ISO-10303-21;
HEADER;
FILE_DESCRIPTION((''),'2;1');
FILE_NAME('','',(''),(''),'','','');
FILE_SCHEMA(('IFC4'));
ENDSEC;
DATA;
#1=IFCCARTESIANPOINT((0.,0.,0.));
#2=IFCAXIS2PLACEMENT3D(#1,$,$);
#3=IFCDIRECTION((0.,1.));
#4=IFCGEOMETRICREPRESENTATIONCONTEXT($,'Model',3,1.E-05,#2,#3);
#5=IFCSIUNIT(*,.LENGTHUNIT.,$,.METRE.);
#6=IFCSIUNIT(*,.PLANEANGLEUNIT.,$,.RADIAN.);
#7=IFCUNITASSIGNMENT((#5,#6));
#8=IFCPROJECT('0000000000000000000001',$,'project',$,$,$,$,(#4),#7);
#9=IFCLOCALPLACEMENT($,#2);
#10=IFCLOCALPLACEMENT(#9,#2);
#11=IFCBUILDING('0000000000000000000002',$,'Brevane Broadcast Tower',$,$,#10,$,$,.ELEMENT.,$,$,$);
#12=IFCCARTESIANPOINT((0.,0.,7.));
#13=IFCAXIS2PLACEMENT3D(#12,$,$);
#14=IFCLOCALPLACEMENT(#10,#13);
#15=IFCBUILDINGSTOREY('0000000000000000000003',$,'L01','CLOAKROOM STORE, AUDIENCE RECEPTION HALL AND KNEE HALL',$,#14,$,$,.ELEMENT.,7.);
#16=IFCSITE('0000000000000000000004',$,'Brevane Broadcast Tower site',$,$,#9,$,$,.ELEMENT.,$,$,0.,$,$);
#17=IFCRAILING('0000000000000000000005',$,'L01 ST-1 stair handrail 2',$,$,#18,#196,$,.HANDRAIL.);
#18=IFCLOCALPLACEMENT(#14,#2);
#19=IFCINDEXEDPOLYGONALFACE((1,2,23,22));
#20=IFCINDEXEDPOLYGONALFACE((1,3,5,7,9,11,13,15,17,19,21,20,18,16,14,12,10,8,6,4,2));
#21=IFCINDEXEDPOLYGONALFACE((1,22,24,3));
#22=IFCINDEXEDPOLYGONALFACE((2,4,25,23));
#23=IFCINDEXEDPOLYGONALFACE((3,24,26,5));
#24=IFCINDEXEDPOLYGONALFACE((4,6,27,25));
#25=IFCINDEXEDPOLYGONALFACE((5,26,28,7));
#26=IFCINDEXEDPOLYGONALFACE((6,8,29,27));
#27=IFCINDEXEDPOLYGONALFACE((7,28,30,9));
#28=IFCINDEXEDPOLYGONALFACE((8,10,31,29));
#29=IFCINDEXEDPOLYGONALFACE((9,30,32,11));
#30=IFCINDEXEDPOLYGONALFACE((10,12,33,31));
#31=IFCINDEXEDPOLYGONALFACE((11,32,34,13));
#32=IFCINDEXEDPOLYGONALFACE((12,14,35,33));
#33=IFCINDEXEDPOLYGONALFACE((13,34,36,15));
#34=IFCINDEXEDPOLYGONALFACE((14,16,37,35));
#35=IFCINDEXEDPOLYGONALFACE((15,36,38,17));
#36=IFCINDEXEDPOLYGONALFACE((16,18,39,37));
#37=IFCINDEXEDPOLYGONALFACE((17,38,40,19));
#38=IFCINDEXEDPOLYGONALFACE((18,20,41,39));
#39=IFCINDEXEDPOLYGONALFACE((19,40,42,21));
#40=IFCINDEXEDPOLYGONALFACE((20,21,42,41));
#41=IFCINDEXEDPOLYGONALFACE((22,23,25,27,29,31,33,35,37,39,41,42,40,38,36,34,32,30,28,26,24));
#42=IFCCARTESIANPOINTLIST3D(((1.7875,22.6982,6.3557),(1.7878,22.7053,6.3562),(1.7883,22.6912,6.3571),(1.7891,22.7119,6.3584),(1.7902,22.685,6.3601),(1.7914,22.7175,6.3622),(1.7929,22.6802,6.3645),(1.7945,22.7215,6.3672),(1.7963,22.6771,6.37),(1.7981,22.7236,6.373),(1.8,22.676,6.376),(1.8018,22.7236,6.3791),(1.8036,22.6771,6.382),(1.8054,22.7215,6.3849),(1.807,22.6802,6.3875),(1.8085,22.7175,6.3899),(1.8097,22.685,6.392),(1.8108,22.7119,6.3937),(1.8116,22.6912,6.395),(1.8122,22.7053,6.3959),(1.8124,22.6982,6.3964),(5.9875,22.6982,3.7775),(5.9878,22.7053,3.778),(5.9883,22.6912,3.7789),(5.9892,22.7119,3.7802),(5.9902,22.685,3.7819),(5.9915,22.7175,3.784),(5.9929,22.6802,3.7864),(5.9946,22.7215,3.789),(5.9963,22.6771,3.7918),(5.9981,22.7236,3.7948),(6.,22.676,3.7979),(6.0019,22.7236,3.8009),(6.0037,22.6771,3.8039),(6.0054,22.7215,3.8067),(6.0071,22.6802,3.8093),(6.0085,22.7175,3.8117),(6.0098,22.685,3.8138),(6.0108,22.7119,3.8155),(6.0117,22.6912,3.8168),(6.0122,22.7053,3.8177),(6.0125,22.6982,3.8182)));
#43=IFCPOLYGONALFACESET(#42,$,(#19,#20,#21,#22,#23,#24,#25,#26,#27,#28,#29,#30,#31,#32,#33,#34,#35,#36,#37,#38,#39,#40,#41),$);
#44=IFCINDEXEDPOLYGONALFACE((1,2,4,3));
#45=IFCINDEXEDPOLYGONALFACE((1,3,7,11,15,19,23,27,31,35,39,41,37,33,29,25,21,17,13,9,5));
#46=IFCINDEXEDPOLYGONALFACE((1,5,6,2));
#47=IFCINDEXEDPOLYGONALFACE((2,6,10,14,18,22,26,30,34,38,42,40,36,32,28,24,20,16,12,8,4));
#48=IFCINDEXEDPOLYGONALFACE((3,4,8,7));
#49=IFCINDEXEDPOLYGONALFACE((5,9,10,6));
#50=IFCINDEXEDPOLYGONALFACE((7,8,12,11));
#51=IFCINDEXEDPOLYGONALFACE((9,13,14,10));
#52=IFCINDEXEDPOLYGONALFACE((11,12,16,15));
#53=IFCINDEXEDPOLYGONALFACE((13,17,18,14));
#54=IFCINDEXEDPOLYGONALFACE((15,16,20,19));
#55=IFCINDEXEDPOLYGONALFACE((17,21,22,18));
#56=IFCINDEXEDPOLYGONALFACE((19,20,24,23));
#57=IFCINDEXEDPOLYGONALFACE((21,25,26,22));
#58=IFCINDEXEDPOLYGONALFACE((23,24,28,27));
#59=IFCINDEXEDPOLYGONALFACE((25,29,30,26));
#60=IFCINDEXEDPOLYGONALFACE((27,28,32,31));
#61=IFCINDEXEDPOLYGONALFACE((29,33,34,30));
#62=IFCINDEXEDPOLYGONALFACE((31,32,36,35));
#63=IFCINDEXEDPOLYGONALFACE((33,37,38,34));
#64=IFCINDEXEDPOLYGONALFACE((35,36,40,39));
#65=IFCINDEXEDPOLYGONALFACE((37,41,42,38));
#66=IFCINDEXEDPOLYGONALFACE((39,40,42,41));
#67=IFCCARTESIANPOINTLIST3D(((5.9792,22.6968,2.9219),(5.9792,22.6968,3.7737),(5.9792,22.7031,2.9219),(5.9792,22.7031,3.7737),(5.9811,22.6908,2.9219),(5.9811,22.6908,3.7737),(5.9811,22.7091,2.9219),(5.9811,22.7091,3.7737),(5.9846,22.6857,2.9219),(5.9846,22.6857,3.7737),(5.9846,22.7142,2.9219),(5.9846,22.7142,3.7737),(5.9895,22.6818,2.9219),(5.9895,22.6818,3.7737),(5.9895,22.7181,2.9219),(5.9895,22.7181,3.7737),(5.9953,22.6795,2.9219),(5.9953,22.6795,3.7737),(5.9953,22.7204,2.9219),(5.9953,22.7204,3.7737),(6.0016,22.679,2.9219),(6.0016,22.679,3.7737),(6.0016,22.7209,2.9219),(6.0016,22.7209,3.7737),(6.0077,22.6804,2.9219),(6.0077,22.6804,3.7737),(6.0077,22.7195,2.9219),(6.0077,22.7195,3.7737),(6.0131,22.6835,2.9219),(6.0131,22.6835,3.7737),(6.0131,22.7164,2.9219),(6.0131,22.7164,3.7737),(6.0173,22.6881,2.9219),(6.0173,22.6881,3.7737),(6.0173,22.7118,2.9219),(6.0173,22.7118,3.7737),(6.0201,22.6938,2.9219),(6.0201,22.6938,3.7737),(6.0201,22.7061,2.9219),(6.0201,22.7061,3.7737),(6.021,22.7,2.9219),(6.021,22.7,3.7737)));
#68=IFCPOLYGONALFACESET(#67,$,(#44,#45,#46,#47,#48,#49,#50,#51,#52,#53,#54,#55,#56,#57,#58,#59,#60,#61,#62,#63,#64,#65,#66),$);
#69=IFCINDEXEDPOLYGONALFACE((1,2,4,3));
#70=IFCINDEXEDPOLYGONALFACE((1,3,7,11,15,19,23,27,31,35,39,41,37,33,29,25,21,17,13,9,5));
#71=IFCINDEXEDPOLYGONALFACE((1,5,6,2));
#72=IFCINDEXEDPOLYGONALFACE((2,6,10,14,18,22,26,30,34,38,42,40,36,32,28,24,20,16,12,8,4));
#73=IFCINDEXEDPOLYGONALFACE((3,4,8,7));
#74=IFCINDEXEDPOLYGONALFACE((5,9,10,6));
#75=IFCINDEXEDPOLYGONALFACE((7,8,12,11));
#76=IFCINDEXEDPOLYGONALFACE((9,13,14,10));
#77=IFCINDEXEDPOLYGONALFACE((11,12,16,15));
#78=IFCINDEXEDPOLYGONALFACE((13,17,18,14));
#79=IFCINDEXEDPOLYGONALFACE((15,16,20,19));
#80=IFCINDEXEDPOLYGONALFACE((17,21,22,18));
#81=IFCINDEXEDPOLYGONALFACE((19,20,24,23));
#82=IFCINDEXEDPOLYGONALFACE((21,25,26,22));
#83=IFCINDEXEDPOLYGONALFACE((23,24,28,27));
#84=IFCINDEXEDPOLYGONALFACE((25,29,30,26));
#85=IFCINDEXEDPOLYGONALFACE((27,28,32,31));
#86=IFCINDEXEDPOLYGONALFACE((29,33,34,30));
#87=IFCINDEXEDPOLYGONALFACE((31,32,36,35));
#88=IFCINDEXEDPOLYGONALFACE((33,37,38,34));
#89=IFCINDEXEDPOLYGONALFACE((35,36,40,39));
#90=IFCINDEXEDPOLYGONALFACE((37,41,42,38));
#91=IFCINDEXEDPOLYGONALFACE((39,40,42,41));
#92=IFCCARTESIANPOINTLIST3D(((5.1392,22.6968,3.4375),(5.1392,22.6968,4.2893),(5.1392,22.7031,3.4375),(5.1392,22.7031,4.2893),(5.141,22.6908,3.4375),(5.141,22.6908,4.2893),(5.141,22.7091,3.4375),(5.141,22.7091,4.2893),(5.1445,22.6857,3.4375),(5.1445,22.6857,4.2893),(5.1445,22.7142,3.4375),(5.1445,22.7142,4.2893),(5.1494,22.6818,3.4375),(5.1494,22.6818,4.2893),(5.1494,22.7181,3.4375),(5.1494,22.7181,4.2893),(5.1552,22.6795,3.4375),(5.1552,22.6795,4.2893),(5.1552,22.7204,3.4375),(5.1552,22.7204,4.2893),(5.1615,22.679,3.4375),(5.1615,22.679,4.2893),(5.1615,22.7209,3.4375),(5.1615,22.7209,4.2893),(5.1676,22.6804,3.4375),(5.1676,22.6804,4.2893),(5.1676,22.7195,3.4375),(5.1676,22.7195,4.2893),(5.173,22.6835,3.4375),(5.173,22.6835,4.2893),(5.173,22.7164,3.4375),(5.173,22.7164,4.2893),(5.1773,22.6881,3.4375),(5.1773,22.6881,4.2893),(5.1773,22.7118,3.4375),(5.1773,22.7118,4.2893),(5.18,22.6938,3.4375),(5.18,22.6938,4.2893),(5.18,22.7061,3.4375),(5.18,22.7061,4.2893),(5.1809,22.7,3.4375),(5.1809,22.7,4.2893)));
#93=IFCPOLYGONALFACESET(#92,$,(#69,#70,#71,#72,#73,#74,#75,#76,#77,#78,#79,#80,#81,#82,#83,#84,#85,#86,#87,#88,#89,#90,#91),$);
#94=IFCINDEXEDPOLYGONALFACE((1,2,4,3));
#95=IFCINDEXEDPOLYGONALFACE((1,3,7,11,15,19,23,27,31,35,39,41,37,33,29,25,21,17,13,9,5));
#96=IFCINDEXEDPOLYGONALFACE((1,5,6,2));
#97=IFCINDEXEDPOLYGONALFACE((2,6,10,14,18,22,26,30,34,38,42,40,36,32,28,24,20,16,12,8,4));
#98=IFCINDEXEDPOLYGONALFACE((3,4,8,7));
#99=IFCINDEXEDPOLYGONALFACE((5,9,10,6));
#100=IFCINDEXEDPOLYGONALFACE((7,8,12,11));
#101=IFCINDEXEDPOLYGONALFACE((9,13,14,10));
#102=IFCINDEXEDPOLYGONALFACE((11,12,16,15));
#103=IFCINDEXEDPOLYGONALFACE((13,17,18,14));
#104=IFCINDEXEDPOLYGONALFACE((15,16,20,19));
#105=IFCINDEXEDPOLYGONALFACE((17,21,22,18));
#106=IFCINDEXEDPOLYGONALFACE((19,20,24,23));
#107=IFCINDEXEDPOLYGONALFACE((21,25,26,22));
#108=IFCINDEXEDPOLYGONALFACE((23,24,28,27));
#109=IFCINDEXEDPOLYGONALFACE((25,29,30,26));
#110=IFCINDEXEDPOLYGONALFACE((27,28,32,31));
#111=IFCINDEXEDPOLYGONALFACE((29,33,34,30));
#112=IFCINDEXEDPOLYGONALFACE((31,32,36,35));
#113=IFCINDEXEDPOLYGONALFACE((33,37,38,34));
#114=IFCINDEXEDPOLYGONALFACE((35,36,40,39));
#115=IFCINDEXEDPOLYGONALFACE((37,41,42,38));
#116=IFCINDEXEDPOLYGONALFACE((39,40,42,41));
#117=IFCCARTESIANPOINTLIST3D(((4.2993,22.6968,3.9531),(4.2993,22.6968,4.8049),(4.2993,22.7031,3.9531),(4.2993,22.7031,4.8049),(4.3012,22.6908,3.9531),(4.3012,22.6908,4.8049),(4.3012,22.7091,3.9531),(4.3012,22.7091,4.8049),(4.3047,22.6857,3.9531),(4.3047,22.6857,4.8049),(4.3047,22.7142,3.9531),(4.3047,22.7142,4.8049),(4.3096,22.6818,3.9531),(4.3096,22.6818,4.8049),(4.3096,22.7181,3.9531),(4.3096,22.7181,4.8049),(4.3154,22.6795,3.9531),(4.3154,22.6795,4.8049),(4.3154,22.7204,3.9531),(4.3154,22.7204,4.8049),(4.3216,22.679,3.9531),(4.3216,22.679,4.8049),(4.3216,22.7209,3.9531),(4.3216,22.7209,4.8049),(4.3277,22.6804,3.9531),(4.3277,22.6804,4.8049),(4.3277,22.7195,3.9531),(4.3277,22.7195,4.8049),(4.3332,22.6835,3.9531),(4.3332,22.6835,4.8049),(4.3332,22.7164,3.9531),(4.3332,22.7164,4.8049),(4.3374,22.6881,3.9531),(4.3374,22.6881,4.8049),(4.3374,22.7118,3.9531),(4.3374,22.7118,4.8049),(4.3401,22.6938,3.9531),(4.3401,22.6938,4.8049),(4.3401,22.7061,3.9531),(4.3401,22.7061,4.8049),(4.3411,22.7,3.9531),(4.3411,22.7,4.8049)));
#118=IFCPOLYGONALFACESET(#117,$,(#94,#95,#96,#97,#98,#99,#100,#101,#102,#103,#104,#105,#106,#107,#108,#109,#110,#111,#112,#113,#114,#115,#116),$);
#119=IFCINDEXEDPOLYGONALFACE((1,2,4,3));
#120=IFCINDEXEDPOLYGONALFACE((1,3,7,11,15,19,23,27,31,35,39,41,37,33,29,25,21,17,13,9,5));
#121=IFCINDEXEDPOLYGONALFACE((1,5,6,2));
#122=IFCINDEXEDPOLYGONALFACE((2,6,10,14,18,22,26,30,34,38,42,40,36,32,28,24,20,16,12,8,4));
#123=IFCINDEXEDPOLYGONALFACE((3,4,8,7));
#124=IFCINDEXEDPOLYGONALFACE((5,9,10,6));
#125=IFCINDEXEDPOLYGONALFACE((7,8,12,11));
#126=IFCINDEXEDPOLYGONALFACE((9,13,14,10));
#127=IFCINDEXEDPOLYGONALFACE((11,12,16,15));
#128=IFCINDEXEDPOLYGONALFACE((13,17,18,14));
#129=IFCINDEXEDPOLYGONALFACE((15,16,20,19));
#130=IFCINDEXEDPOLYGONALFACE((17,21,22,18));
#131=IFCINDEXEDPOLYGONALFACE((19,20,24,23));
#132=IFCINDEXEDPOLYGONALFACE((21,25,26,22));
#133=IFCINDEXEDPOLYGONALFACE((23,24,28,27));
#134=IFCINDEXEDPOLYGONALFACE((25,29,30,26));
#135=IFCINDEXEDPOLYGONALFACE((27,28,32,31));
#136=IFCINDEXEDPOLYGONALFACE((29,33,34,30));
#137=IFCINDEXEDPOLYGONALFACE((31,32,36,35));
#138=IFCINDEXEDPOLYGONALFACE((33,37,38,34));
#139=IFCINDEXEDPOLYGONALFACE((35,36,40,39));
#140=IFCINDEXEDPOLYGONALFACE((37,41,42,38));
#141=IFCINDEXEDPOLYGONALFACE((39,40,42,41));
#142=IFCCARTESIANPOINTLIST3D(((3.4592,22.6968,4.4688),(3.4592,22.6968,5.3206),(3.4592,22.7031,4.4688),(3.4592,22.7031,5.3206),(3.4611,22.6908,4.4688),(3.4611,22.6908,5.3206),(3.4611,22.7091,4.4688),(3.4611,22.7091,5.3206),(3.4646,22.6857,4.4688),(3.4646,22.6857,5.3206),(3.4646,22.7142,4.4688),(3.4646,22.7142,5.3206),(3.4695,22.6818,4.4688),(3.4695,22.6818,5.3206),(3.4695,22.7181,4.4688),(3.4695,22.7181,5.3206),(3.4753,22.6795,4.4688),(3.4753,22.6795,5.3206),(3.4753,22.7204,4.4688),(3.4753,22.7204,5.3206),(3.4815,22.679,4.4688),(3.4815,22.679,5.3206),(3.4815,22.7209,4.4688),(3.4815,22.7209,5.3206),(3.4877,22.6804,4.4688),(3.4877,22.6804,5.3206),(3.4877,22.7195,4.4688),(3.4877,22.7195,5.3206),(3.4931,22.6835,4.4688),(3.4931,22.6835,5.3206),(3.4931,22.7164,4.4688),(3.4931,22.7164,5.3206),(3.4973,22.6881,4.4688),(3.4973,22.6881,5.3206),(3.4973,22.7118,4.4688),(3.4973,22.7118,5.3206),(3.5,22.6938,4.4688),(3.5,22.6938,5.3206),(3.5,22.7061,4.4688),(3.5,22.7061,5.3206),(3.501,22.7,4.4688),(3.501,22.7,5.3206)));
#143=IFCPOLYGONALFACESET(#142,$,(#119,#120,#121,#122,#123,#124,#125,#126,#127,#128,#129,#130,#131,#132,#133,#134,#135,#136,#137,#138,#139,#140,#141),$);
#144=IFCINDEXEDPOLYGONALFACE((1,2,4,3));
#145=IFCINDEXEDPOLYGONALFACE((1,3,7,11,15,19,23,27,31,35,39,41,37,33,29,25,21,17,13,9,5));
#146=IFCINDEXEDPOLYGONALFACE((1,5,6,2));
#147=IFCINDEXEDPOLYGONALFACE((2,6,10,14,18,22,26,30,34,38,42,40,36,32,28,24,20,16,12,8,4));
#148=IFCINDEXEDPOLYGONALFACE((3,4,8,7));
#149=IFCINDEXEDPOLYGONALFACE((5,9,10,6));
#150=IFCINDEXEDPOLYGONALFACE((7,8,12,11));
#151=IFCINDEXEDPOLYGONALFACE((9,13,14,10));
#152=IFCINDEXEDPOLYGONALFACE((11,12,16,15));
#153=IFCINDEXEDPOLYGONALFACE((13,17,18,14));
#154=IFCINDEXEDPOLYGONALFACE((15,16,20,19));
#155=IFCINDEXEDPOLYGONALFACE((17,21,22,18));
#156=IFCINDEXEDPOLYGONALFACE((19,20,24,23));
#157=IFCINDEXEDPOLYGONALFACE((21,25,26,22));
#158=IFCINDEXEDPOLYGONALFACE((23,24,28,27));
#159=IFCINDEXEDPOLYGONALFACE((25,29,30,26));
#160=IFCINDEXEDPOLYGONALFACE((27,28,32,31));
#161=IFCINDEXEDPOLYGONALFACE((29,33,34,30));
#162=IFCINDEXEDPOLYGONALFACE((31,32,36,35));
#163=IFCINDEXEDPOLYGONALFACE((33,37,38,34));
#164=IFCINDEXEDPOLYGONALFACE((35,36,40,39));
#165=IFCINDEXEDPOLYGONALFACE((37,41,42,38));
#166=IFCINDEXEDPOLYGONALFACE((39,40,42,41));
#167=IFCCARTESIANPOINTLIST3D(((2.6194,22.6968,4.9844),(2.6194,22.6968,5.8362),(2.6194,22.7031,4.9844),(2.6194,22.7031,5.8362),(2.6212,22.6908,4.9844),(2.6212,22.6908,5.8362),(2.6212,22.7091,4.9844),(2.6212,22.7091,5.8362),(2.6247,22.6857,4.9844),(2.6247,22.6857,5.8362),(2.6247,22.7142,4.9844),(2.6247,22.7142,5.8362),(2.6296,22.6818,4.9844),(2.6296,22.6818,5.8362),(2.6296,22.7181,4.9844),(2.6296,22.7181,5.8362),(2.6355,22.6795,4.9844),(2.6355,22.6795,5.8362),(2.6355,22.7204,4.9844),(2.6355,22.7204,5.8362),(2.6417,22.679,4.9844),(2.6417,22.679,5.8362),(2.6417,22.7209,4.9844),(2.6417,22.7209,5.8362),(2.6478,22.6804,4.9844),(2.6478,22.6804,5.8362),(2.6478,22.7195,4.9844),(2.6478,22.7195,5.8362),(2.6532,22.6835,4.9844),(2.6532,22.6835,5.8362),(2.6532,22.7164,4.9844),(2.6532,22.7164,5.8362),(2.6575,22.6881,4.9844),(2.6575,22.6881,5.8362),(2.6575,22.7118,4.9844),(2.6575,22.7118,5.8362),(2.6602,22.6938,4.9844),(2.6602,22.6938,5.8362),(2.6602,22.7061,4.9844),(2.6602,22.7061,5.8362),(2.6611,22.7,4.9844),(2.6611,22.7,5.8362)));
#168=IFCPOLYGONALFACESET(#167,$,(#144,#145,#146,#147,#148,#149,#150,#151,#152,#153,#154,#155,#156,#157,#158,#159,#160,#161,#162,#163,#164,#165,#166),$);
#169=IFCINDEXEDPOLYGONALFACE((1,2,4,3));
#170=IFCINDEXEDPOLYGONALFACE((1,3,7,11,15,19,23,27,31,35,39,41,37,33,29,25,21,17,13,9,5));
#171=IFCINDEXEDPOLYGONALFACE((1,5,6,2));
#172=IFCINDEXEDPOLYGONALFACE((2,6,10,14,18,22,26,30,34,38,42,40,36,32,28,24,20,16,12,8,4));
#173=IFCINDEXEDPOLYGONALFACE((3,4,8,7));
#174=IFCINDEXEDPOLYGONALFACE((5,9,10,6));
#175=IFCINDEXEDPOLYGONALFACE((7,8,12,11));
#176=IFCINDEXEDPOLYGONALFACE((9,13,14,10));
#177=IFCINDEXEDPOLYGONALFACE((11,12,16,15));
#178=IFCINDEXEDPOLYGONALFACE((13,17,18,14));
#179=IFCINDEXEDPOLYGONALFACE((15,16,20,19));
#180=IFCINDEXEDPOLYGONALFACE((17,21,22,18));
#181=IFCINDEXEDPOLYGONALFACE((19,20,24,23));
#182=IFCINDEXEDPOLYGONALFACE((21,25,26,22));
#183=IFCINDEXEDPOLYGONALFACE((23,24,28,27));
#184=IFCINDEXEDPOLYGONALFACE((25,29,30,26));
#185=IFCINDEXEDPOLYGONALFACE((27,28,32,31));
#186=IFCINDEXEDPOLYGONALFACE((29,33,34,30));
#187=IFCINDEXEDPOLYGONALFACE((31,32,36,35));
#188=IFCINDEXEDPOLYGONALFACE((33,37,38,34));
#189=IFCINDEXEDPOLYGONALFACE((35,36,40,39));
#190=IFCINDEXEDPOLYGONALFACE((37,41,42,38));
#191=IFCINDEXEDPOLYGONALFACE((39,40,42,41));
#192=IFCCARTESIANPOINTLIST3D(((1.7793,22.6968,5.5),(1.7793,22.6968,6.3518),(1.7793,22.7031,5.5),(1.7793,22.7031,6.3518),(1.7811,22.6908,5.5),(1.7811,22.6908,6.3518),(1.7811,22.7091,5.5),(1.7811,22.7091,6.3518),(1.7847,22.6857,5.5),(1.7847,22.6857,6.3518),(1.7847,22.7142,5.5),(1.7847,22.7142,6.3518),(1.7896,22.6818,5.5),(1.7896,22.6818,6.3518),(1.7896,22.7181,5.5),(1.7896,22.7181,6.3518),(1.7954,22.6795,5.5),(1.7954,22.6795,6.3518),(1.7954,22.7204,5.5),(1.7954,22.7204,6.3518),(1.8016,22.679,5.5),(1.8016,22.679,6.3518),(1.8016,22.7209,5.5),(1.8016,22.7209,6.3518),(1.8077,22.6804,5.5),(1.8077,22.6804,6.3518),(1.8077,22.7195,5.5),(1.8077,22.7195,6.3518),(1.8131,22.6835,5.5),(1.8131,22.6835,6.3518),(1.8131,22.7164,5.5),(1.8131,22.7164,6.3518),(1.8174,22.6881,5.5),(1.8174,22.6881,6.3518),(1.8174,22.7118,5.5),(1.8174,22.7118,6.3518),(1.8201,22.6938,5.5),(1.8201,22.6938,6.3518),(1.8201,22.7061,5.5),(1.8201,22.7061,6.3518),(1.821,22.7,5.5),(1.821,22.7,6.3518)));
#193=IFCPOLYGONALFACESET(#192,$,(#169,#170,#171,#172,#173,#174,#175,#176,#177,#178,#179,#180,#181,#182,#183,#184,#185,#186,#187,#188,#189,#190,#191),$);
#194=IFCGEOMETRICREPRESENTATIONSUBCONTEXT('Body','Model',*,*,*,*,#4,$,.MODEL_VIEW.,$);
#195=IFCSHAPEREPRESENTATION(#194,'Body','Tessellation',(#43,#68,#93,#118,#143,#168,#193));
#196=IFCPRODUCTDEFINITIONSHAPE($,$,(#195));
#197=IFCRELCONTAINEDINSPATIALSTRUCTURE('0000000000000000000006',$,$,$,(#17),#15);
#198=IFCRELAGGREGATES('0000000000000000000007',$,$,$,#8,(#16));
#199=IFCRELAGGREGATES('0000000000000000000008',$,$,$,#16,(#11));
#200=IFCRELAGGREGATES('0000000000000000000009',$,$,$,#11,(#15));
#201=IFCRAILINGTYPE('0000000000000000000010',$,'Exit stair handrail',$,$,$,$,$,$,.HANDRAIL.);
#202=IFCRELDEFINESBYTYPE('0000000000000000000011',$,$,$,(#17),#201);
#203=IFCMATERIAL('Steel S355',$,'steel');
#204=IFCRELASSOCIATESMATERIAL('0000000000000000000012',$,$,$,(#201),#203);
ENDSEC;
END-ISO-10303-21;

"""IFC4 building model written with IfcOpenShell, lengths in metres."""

from ifc_helpers import new_model, si_unit, direction, frame, origin, origin_2d, place, context, subcontext, project, spatial, circle, extrude, material, type_object, element, save


model = new_model("IFC4")

# Units and contexts
model_context = context("Model", 3, precision=1e-05, world=origin(), true_north=direction((0.0, 1.0)))
body_context = subcontext(model_context, "Body", "Model", "MODEL_VIEW")
ifc_project = project(units=[si_unit("LENGTHUNIT", "METRE"), si_unit("PLANEANGLEUNIT", "RADIAN")], contexts=[model_context])

# Site, building, storey
site_placement = place(None, origin())
site = spatial("IfcSite", under=ifc_project, at=site_placement, Name="Brevane Broadcast Tower site", CompositionType="ELEMENT", RefElevation=0.0)
building_placement = place(site_placement, origin())
building = spatial("IfcBuilding", under=site, at=building_placement, Name="Brevane Broadcast Tower", CompositionType="ELEMENT")
storey_placement = place(building_placement, frame((0.0, 0.0, 7.0)))
storey = spatial("IfcBuildingStorey", under=building, at=storey_placement, Name="L01", Description="CLOAKROOM STORE, AUDIENCE RECEPTION HALL AND KNEE HALL", CompositionType="ELEMENT", Elevation=7.0)

# Railing
ifc_material_1 = material(Name="Steel S355", Category="steel")
railing_type_1 = type_object("IfcRailingType", Name="Exit stair handrail", PredefinedType="HANDRAIL", material=ifc_material_1)
railing_1_placement = place(storey_placement, frame((6.0, 22.7, 2.9219)))
element("IfcRailing", 1, at=railing_1_placement, inside=storey, type_object=railing_type_1, Name="L01 ST-1 stair handrail 2", PredefinedType="HANDRAIL", context=body_context, shape_type="SweptSolid", body=[
    extrude(circle(Radius=0.0239, at=origin_2d()), frame((0.0, 0.0, 0.876), z_axis=(-0.852243, 0.0, 0.523146), x_axis=(0.0, -1.0, 0.0)), (0.0, 0.0, 1.0), 4.9282),
    extrude(circle(Radius=0.021, at=origin_2d()), origin(), (0.0, 0.0, 1.0), 0.8518),
    extrude(circle(Radius=0.021, at=origin_2d()), frame((-0.8401, 0.0, 0.5156)), (0.0, 0.0, 1.0), 0.8518),
    extrude(circle(Radius=0.021, at=origin_2d()), frame((-1.6799, 0.0, 1.0312)), (0.0, 0.0, 1.0), 0.8518),
    extrude(circle(Radius=0.021, at=origin_2d()), frame((-2.52, 0.0, 1.5469)), (0.0, 0.0, 1.0), 0.8518),
    extrude(circle(Radius=0.021, at=origin_2d()), frame((-3.3599, 0.0, 2.0625)), (0.0, 0.0, 1.0), 0.8518),
    extrude(circle(Radius=0.021, at=origin_2d()), frame((-4.2, 0.0, 2.5781)), (0.0, 0.0, 1.0), 0.8518),
])

save(model, "model.ifc")
